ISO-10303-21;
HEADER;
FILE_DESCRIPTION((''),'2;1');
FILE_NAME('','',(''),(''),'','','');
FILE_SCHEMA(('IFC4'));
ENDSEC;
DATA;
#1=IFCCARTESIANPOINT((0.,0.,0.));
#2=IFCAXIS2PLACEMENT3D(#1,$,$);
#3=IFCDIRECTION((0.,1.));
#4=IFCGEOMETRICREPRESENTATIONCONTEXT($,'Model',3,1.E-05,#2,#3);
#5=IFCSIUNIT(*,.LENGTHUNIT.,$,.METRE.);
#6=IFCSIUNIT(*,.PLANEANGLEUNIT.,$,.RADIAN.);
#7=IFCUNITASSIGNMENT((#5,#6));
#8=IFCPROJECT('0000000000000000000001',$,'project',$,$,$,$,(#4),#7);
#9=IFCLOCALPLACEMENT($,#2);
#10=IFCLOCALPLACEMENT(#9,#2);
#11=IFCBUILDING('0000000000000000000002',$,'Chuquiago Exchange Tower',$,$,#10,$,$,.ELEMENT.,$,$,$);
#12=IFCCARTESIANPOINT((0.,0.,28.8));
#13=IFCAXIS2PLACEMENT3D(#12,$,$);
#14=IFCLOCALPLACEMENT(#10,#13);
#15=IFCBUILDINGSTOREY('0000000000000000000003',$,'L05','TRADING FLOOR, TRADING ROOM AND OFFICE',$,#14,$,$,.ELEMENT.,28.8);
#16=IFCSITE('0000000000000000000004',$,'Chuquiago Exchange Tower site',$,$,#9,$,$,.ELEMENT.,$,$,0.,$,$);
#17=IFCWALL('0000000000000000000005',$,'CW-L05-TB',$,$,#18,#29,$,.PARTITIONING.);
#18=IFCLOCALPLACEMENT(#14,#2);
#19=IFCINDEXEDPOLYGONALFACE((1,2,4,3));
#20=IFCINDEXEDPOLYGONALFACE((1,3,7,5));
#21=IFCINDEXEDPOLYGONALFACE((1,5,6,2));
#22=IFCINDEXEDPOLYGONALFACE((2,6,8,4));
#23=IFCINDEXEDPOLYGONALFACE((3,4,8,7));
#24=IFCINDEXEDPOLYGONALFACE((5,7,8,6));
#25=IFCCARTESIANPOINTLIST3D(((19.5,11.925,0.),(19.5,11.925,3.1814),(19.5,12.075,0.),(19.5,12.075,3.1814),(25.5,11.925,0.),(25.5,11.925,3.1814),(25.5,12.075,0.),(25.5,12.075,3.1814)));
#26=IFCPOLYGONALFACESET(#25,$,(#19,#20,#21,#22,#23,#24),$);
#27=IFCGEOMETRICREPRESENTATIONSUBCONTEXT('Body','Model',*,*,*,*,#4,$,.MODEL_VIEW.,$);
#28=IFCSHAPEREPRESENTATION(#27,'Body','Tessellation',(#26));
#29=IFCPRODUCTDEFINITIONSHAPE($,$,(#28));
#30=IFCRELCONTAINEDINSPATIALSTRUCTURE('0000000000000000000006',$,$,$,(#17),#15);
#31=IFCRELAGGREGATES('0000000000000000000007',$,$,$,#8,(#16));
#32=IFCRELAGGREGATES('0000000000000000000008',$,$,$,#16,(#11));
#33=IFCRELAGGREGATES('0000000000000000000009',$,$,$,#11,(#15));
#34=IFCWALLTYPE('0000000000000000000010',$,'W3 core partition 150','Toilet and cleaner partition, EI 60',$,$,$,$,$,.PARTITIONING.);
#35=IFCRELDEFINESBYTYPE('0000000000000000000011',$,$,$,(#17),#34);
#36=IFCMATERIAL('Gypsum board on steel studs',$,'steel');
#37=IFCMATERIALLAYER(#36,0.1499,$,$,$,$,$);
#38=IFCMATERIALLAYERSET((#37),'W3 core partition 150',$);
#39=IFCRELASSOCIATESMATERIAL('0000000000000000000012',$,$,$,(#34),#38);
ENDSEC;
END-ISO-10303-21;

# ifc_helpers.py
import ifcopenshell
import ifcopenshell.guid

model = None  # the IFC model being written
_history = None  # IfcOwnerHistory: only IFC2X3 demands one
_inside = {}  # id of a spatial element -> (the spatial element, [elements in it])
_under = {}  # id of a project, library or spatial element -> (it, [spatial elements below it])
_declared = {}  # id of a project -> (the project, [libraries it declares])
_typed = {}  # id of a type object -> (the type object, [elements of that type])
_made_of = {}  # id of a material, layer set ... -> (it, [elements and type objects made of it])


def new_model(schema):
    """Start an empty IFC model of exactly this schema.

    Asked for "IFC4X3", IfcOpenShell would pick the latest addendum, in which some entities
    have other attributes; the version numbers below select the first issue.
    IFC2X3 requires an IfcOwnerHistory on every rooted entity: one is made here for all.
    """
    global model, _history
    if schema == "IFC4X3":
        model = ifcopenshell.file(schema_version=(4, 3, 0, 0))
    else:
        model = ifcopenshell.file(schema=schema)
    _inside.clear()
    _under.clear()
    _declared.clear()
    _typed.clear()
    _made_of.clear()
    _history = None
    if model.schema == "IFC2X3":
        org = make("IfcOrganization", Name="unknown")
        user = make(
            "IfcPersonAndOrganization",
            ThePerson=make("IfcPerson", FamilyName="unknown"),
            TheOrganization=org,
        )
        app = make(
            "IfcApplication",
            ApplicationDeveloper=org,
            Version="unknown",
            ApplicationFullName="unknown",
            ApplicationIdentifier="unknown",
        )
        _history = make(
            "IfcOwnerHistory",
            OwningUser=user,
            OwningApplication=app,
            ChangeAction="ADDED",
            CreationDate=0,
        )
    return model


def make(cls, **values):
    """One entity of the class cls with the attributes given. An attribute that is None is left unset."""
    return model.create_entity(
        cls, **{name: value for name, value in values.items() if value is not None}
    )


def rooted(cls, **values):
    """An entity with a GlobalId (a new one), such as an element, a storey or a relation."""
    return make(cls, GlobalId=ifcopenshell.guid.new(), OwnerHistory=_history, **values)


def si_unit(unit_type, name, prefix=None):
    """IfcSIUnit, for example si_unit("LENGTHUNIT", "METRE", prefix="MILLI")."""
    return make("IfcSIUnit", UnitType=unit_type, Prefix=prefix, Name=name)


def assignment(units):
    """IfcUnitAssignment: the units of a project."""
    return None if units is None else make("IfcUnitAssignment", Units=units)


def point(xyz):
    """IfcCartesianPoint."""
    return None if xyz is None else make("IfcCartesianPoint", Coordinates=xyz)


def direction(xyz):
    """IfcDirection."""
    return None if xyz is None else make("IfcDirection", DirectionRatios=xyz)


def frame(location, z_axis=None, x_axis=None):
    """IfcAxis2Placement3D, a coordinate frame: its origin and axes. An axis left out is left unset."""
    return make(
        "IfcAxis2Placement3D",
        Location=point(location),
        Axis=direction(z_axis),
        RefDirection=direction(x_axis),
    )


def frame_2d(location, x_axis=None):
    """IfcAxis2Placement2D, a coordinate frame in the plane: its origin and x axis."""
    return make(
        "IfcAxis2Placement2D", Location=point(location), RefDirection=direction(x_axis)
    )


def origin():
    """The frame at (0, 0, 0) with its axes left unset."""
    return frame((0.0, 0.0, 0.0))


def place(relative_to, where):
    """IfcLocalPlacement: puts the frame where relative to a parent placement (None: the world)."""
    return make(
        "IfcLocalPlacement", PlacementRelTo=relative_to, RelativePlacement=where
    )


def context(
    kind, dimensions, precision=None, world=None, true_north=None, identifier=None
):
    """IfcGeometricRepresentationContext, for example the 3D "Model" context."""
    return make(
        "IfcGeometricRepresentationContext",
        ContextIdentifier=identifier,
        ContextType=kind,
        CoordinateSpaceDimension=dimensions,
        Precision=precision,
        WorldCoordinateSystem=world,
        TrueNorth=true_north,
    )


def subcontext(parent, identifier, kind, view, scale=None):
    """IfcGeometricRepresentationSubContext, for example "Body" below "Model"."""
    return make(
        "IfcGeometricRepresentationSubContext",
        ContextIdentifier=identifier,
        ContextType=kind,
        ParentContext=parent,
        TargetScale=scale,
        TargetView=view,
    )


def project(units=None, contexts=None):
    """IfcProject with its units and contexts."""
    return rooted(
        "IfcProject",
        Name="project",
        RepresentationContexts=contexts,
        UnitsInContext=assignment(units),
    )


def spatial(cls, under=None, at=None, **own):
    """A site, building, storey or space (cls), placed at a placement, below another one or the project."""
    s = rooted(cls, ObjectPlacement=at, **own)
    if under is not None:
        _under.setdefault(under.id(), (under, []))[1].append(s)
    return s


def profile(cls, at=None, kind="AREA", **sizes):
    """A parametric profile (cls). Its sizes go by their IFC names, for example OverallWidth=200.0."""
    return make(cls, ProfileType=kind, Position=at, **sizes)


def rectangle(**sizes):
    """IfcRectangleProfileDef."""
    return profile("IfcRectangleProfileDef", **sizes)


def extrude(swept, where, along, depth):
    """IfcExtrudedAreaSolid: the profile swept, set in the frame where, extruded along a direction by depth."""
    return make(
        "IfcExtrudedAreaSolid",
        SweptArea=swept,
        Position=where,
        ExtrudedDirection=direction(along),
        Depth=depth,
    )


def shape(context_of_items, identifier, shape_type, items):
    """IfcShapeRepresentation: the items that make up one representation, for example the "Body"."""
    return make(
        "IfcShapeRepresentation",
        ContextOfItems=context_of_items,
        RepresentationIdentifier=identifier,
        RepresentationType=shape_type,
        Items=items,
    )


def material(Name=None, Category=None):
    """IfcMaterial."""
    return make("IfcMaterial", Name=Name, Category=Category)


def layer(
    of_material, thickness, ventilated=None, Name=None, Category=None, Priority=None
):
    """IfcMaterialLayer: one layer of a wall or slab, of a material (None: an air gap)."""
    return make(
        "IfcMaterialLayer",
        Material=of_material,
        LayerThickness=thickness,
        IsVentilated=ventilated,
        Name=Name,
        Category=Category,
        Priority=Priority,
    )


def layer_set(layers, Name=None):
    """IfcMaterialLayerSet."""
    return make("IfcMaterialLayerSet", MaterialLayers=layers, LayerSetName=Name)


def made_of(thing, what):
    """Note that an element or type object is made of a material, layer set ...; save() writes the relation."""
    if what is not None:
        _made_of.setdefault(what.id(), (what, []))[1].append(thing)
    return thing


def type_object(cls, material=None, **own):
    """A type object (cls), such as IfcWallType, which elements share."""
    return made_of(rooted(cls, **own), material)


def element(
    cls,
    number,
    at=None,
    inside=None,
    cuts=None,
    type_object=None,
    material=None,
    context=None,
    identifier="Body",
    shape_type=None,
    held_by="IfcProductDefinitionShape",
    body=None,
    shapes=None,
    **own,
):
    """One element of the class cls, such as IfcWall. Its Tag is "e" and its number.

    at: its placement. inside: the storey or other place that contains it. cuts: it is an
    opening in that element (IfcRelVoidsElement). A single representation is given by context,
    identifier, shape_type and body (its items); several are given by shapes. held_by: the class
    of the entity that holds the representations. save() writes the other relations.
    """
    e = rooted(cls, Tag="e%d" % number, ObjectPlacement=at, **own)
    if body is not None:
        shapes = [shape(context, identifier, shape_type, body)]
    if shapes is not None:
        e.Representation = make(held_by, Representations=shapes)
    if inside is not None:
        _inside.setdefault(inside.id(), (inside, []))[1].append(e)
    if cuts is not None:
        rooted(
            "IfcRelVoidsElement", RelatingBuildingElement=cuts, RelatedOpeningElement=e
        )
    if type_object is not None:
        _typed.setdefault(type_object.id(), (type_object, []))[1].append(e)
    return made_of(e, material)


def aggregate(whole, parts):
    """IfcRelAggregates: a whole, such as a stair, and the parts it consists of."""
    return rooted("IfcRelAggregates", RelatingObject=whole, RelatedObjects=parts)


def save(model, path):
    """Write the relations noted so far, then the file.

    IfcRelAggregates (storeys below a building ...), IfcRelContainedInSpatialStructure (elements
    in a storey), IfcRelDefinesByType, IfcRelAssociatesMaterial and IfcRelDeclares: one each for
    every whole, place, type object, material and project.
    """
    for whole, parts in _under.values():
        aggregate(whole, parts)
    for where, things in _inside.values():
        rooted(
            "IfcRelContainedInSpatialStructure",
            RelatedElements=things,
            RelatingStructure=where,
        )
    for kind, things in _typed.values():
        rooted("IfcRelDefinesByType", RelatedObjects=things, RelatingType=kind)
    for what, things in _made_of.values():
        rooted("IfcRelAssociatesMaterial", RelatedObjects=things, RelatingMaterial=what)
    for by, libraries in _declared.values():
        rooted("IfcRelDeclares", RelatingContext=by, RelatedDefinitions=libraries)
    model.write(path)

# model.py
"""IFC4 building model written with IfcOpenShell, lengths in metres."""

from ifc_helpers import new_model, si_unit, direction, frame, frame_2d, origin, place, context, subcontext, project, spatial, rectangle, extrude, material, layer, layer_set, type_object, element, save


model = new_model("IFC4")

# Units and contexts
model_context = context("Model", 3, precision=1e-05, world=origin(), true_north=direction((0.0, 1.0)))
body_context = subcontext(model_context, "Body", "Model", "MODEL_VIEW")
ifc_project = project(units=[si_unit("LENGTHUNIT", "METRE"), si_unit("PLANEANGLEUNIT", "RADIAN")], contexts=[model_context])

# Site, building, storey
site_placement = place(None, origin())
site = spatial("IfcSite", under=ifc_project, at=site_placement, Name="Chuquiago Exchange Tower site", CompositionType="ELEMENT", RefElevation=0.0)
building_placement = place(site_placement, origin())
building = spatial("IfcBuilding", under=site, at=building_placement, Name="Chuquiago Exchange Tower", CompositionType="ELEMENT")
storey_placement = place(building_placement, frame((0.0, 0.0, 28.8)))
storey = spatial("IfcBuildingStorey", under=building, at=storey_placement, Name="L05", Description="TRADING FLOOR, TRADING ROOM AND OFFICE", CompositionType="ELEMENT", Elevation=28.8)

# Shared definitions
ifc_material_1 = material(Name="Gypsum board on steel studs", Category="steel")
ifc_layer_1 = layer(ifc_material_1, 0.1499)
ifc_layer_set_1 = layer_set([ifc_layer_1], Name="W3 core partition 150")
wall_type_1 = type_object("IfcWallType", Name="W3 core partition 150", Description="Toilet and cleaner partition, EI 60", PredefinedType="PARTITIONING", material=ifc_layer_set_1)

# Wall
wall_1_placement = place(storey_placement, frame((19.5, 12.0, 0.0), z_axis=(0.0, 0.0, 1.0), x_axis=(1.0, 0.0, 0.0)))
element("IfcWall", 1, at=wall_1_placement, inside=storey, type_object=wall_type_1, Name="CW-L05-TB", PredefinedType="PARTITIONING", context=body_context, shape_type="SweptSolid", body=[
    extrude(rectangle(XDim=6.0, YDim=0.1499, at=frame_2d((3.0, 0.0))), origin(), (0.0, 0.0, 1.0), 3.1814),
])

save(model, "model.ifc")
